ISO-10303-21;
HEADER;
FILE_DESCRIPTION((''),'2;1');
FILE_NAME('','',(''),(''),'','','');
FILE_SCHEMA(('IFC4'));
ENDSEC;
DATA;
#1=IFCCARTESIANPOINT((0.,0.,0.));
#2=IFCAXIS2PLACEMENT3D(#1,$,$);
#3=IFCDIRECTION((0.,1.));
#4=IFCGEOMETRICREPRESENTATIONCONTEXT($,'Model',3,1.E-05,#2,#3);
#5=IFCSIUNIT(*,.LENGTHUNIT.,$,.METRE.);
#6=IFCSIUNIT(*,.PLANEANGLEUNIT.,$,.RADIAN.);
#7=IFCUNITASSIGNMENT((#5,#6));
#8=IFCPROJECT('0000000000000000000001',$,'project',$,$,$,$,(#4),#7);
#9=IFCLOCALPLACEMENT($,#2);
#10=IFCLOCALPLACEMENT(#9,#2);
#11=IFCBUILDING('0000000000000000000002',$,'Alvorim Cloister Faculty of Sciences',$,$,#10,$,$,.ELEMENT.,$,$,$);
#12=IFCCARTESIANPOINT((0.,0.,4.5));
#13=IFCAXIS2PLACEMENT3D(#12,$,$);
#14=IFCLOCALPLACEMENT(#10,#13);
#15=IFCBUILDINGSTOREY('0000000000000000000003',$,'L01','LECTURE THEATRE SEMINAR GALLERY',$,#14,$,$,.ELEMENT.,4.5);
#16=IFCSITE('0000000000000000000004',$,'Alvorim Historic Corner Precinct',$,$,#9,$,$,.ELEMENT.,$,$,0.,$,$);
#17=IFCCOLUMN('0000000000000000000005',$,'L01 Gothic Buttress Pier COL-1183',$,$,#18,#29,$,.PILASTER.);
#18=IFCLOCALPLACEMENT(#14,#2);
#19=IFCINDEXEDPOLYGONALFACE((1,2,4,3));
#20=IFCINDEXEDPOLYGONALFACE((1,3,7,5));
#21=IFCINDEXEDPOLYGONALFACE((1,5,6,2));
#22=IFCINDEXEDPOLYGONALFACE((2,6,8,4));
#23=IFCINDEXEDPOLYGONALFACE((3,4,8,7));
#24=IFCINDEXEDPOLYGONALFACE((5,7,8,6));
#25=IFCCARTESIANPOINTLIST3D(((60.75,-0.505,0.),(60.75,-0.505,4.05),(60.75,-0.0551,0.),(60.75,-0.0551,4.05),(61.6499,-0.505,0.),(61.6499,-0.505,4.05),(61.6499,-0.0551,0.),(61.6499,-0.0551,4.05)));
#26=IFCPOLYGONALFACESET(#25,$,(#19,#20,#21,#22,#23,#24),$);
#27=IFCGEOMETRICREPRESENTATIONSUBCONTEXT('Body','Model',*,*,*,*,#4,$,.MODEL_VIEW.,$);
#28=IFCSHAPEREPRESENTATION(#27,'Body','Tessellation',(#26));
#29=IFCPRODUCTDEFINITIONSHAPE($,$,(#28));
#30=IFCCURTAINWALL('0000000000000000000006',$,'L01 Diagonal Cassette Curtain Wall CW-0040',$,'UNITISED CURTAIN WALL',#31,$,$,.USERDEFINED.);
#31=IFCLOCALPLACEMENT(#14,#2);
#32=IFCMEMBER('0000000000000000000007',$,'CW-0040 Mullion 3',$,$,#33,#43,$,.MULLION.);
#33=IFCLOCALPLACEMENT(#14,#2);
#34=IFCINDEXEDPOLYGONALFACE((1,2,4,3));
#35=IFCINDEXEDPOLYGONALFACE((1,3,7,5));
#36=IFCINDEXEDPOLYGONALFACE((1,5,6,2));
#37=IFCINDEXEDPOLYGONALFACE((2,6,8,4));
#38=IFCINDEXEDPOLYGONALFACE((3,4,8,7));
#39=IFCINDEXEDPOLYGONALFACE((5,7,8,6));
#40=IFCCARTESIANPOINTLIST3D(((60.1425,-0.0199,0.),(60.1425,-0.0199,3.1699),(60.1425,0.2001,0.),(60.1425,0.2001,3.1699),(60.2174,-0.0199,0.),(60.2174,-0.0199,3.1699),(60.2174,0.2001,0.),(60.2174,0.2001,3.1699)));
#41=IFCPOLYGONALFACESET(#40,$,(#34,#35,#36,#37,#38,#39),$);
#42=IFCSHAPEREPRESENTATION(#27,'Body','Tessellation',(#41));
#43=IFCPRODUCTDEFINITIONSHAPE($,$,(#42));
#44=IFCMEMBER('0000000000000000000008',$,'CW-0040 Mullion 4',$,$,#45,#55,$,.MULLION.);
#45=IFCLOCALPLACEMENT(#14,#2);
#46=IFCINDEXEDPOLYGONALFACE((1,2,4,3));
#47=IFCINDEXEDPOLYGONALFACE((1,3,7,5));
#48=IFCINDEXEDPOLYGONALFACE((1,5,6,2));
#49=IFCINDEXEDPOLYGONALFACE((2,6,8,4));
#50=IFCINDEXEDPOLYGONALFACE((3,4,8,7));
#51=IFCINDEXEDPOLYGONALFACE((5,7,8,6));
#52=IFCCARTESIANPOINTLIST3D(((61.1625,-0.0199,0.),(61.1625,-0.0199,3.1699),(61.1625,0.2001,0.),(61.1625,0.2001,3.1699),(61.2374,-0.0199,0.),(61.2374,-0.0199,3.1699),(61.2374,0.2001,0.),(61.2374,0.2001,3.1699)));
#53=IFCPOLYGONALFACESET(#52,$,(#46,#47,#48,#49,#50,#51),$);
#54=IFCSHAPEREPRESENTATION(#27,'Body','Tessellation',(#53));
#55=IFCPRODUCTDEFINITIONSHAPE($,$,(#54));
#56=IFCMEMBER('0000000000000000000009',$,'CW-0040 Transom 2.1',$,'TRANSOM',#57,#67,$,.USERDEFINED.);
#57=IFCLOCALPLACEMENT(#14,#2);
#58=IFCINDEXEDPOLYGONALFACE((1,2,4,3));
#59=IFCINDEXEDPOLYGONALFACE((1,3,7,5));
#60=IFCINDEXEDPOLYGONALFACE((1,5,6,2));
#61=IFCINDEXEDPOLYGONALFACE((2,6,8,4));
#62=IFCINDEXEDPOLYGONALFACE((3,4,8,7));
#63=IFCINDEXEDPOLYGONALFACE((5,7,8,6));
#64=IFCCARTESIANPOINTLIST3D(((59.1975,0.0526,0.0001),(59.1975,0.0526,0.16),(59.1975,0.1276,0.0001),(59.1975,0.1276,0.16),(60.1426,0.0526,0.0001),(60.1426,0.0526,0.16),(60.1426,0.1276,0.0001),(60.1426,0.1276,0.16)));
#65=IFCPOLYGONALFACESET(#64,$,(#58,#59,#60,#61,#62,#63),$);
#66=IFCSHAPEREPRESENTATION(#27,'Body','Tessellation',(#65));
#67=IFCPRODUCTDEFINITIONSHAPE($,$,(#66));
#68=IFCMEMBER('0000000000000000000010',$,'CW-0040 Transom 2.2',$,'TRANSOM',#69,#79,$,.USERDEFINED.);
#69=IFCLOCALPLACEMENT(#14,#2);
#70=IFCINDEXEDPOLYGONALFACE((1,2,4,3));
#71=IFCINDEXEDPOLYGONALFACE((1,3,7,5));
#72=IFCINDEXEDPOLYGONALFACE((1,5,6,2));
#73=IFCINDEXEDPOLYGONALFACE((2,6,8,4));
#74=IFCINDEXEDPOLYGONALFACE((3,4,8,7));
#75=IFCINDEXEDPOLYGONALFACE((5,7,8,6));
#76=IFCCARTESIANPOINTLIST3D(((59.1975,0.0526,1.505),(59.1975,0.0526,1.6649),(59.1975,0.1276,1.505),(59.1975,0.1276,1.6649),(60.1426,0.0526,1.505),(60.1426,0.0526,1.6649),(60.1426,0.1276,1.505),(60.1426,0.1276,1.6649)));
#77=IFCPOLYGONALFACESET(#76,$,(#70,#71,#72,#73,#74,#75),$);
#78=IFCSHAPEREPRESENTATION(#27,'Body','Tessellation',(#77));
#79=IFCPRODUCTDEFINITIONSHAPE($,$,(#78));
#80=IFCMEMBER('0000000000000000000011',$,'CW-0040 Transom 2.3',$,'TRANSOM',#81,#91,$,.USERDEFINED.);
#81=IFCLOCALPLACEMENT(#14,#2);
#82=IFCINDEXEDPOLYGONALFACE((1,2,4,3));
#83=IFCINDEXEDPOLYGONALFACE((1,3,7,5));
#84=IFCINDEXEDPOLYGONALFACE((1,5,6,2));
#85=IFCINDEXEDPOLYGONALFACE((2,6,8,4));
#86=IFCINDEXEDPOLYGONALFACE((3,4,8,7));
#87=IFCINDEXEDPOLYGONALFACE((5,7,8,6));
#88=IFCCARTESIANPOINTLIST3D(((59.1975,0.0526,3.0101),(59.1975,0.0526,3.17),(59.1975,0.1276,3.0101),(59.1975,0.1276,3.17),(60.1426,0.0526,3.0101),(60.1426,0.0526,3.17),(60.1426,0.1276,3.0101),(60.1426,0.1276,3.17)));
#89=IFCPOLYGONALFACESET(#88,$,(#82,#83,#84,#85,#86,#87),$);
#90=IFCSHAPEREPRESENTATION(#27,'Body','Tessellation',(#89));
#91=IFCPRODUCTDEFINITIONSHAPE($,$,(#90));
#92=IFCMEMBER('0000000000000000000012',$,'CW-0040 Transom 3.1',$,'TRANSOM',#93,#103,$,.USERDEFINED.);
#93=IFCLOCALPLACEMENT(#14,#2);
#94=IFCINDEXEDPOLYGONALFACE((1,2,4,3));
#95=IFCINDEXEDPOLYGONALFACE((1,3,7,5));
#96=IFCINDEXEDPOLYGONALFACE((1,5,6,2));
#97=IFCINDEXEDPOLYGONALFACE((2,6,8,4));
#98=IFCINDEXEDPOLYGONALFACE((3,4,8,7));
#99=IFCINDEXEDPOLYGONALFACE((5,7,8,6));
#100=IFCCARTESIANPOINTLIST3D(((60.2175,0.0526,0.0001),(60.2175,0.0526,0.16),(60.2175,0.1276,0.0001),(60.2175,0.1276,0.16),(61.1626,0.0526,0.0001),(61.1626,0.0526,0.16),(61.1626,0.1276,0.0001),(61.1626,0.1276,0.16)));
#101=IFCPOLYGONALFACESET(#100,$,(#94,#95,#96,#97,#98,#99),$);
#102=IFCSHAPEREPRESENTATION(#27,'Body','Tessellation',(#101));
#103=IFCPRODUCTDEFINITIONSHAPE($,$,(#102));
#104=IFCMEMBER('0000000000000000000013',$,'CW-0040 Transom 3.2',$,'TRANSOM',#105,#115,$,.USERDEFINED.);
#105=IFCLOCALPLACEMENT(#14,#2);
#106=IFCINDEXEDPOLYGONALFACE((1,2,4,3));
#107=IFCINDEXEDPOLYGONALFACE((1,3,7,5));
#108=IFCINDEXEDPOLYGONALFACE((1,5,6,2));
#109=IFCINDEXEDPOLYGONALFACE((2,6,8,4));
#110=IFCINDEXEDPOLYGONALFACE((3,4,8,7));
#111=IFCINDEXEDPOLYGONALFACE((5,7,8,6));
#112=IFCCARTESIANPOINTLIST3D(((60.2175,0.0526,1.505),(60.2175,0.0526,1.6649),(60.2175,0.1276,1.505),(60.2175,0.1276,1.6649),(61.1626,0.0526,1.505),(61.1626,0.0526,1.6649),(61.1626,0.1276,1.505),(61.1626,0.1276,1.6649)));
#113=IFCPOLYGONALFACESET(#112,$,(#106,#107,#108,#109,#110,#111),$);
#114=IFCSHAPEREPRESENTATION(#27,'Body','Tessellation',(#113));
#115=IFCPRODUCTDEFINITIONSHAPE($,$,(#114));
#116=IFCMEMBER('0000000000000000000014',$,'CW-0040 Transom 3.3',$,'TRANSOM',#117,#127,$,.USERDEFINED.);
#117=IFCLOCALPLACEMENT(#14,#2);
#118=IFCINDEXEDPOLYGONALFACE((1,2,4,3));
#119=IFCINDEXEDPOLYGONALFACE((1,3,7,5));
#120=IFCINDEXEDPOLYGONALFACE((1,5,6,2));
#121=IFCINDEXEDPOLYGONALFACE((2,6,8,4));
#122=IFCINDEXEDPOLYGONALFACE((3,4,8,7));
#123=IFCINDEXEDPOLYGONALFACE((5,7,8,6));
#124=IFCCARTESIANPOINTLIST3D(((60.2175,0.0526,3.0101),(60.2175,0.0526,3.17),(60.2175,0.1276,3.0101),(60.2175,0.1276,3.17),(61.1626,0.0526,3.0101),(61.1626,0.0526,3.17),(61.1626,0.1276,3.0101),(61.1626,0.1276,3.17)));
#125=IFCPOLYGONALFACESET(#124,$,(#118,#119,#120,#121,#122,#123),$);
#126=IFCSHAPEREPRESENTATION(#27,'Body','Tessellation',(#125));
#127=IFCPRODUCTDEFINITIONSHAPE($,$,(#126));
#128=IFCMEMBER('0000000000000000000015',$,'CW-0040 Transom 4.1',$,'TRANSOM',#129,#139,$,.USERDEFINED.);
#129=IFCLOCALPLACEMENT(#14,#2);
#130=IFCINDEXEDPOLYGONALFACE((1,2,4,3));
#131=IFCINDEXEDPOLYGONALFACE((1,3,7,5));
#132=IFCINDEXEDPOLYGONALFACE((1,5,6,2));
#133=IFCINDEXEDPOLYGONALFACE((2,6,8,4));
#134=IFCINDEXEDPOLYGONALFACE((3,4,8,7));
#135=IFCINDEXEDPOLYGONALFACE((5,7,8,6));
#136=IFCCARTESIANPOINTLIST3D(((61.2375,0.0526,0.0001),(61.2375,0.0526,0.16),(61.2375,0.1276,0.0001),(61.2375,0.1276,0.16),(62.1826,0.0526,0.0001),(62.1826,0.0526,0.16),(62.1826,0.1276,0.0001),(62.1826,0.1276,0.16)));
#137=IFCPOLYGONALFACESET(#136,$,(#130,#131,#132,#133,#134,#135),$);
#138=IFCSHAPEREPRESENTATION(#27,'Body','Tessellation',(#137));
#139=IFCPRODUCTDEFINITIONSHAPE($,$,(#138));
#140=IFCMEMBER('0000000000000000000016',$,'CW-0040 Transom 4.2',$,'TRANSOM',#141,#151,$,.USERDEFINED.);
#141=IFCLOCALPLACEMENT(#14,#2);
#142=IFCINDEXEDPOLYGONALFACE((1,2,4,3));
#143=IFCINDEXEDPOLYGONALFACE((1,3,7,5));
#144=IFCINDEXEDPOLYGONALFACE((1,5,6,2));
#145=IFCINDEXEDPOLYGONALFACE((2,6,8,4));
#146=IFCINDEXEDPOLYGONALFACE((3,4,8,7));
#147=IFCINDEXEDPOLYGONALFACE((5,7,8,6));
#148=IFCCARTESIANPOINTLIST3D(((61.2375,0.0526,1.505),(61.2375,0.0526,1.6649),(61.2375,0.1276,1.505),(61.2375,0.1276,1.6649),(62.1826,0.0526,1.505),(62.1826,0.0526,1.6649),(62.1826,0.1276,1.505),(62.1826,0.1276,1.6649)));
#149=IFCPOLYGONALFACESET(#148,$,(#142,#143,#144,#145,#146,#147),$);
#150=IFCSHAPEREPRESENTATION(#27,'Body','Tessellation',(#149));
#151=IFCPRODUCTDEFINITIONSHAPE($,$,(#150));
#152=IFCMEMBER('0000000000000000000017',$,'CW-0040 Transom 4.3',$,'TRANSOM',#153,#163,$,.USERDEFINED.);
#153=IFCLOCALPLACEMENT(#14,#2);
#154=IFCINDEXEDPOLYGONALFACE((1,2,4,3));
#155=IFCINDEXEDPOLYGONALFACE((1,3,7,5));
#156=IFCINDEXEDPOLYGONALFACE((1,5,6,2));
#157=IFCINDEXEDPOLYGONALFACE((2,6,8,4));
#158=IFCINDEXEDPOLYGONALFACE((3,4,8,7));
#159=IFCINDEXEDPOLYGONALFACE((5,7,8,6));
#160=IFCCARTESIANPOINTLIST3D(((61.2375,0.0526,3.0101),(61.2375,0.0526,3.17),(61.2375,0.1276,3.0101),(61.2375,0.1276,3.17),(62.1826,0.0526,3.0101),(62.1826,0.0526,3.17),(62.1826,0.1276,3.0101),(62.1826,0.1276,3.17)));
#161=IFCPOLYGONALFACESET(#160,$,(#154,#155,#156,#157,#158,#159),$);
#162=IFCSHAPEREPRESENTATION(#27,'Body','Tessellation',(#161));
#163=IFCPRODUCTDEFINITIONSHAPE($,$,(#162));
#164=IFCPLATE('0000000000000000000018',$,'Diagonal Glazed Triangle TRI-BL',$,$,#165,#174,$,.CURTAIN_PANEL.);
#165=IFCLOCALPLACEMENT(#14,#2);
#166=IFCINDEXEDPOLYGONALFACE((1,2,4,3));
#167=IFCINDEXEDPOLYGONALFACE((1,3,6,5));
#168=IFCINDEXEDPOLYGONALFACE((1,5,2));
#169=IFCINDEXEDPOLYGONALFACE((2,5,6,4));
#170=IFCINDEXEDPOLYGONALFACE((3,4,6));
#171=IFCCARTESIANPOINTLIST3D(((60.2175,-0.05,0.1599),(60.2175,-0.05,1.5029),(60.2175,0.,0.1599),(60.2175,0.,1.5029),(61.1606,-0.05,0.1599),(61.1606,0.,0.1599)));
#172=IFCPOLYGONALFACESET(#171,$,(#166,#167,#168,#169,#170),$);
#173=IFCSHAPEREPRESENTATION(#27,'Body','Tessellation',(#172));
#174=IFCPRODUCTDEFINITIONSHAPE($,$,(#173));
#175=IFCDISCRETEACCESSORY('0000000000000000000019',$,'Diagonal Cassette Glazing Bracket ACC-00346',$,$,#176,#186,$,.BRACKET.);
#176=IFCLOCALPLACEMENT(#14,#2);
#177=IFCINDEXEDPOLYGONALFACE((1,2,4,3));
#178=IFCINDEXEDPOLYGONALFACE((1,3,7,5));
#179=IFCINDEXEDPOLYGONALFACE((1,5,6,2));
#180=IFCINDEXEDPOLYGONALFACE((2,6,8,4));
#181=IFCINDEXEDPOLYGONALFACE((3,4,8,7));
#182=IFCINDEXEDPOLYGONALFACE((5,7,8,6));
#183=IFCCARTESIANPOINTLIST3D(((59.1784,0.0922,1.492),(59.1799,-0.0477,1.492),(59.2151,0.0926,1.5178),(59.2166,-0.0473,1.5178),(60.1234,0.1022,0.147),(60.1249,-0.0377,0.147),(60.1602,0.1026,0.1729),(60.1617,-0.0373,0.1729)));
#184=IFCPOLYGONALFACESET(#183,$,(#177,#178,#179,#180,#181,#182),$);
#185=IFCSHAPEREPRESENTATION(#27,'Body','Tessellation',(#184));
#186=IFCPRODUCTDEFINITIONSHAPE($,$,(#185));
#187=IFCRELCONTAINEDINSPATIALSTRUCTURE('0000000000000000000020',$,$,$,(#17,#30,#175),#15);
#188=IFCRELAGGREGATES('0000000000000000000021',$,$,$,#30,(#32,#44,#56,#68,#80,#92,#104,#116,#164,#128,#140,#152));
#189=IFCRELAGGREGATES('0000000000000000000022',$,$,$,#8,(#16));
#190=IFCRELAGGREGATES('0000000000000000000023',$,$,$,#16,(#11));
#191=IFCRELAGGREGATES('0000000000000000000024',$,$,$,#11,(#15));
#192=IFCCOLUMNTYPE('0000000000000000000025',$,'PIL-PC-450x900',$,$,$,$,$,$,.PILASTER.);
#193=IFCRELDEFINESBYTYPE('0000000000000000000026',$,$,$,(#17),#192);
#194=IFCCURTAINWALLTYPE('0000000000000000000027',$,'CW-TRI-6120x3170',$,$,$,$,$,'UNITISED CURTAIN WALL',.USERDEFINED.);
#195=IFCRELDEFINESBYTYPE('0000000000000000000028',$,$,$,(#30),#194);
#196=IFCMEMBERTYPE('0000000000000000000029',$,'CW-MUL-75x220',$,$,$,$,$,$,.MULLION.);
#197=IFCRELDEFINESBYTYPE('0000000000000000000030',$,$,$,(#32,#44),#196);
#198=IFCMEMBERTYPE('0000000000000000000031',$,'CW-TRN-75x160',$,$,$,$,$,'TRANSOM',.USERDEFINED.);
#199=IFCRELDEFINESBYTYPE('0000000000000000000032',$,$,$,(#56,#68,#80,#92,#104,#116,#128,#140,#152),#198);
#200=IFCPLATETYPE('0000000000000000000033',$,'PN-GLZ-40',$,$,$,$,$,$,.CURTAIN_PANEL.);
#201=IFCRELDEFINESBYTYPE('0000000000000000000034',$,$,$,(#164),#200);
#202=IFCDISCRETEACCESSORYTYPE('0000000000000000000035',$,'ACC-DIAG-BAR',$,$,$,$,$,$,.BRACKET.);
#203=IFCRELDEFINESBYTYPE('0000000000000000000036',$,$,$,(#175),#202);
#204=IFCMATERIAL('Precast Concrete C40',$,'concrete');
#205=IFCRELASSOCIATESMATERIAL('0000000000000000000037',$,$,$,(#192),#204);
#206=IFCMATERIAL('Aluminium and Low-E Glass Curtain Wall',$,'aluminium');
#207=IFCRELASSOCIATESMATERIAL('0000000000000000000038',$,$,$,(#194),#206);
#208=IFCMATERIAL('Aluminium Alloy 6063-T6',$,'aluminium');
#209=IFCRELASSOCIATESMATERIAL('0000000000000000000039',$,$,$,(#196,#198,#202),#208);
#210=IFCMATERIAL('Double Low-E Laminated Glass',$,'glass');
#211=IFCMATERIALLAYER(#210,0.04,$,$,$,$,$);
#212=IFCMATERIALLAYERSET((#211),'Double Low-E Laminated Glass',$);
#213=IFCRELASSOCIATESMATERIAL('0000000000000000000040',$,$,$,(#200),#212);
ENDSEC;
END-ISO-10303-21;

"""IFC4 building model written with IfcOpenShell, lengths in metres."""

from ifc_helpers import new_model, si_unit, direction, frame, origin, origin_2d, place, context, subcontext, project, spatial, polyline, rectangle, outline, extrude, material, layer, layer_set, material_profile, profile_set, type_object, element, aggregate, save


model = new_model("IFC4")

# Units and contexts
model_context = context("Model", 3, precision=1e-05, world=origin(), true_north=direction((0.0, 1.0)))
body_context = subcontext(model_context, "Body", "Model", "MODEL_VIEW")
ifc_project = project(units=[si_unit("LENGTHUNIT", "METRE"), si_unit("PLANEANGLEUNIT", "RADIAN")], contexts=[model_context])

# Site, building, storey
site_placement = place(None, origin())
site = spatial("IfcSite", under=ifc_project, at=site_placement, Name="Alvorim Historic Corner Precinct", CompositionType="ELEMENT", RefElevation=0.0)
building_placement = place(site_placement, origin())
building = spatial("IfcBuilding", under=site, at=building_placement, Name="Alvorim Cloister Faculty of Sciences", CompositionType="ELEMENT")
storey_placement = place(building_placement, frame((0.0, 0.0, 4.5)))
storey = spatial("IfcBuildingStorey", under=building, at=storey_placement, Name="L01", Description="LECTURE THEATRE SEMINAR GALLERY", CompositionType="ELEMENT", Elevation=4.5)

# Column
ifc_material_1 = material(Name="Precast Concrete C40", Category="concrete")
ifc_material_profile_1 = material_profile(ifc_material_1, rectangle(XDim=0.45, YDim=0.8999, at=origin_2d()), Name="RC40-PIL-450x900")
ifc_profile_set_1 = profile_set([ifc_material_profile_1], Name="Precast Concrete C40")
column_type = type_object("IfcColumnType", Name="PIL-PC-450x900", PredefinedType="PILASTER", material=ifc_profile_set_1)
column_placement = place(storey_placement, frame((61.2, -0.28, 0.0), z_axis=(0.0, 0.0, 1.0), x_axis=(0.0, 1.0, 0.0)))
element("IfcColumn", 1, at=column_placement, inside=storey, type_object=column_type, Name="L01 Gothic Buttress Pier COL-1183", PredefinedType="PILASTER", context=body_context, shape_type="SweptSolid", body=[
    extrude(rectangle(XDim=0.45, YDim=0.8999, at=origin_2d()), origin(), (0.0, 0.0, 1.0), 4.05),
])

# Curtain wall, members, plate
ifc_material_2 = material(Name="Aluminium and Low-E Glass Curtain Wall", Category="aluminium")
curtain_wall_type = type_object("IfcCurtainWallType", Name="CW-TRI-6120x3170", ElementType="UNITISED CURTAIN WALL", PredefinedType="USERDEFINED", material=ifc_material_2)
curtain_wall_placement = place(storey_placement, origin())
curtain_wall = element("IfcCurtainWall", 2, at=curtain_wall_placement, inside=storey, type_object=curtain_wall_type, Name="L01 Diagonal Cassette Curtain Wall CW-0040", ObjectType="UNITISED CURTAIN WALL", PredefinedType="USERDEFINED")
ifc_material_3 = material(Name="Aluminium Alloy 6063-T6", Category="aluminium")
ifc_material_profile_2 = material_profile(ifc_material_3, rectangle(XDim=0.075, YDim=0.22, at=origin_2d()), Name="ALU-MUL-75x220")
ifc_profile_set_2 = profile_set([ifc_material_profile_2], Name="Aluminium Alloy 6063-T6")
member_type_1 = type_object("IfcMemberType", Name="CW-MUL-75x220", PredefinedType="MULLION", material=ifc_profile_set_2)
member_1_placement = place(storey_placement, frame((60.1799, 0.0901, 0.0), z_axis=(0.0, 0.0, 1.0), x_axis=(1.0, 0.0, 0.0)))
member_1 = element("IfcMember", 3, at=member_1_placement, type_object=member_type_1, Name="CW-0040 Mullion 3", PredefinedType="MULLION", context=body_context, shape_type="SweptSolid", body=[
    extrude(rectangle(XDim=0.075, YDim=0.22, at=origin_2d()), origin(), (0.0, 0.0, 1.0), 3.1699),
])
member_2_placement = place(storey_placement, frame((61.2, 0.0901, 0.0), z_axis=(0.0, 0.0, 1.0), x_axis=(1.0, 0.0, 0.0)))
member_2 = element("IfcMember", 4, at=member_2_placement, type_object=member_type_1, Name="CW-0040 Mullion 4", PredefinedType="MULLION", context=body_context, shape_type="SweptSolid", body=[
    extrude(rectangle(XDim=0.075, YDim=0.22, at=origin_2d()), origin(), (0.0, 0.0, 1.0), 3.1699),
])
ifc_material_profile_3 = material_profile(ifc_material_3, rectangle(XDim=0.075, YDim=0.1599, at=origin_2d()), Name="ALU-TRN-75x160")
ifc_profile_set_3 = profile_set([ifc_material_profile_3], Name="Aluminium Alloy 6063-T6")
member_type_2 = type_object("IfcMemberType", Name="CW-TRN-75x160", ElementType="TRANSOM", PredefinedType="USERDEFINED", material=ifc_profile_set_3)
member_3_placement = place(storey_placement, frame((59.1975, 0.0901, 0.0801), z_axis=(1.0, 0.0, 0.0), x_axis=(0.0, 1.0, 0.0)))
member_3 = element("IfcMember", 5, at=member_3_placement, type_object=member_type_2, Name="CW-0040 Transom 2.1", ObjectType="TRANSOM", PredefinedType="USERDEFINED", context=body_context, shape_type="SweptSolid", body=[
    extrude(rectangle(XDim=0.075, YDim=0.1599, at=origin_2d()), origin(), (0.0, 0.0, 1.0), 0.9451),
])
member_4_placement = place(storey_placement, frame((59.1975, 0.0901, 1.585), z_axis=(1.0, 0.0, 0.0), x_axis=(0.0, 1.0, 0.0)))
member_4 = element("IfcMember", 6, at=member_4_placement, type_object=member_type_2, Name="CW-0040 Transom 2.2", ObjectType="TRANSOM", PredefinedType="USERDEFINED", context=body_context, shape_type="SweptSolid", body=[
    extrude(rectangle(XDim=0.075, YDim=0.1599, at=origin_2d()), origin(), (0.0, 0.0, 1.0), 0.9451),
])
member_5_placement = place(storey_placement, frame((59.1975, 0.0901, 3.0901), z_axis=(1.0, 0.0, 0.0), x_axis=(0.0, 1.0, 0.0)))
member_5 = element("IfcMember", 7, at=member_5_placement, type_object=member_type_2, Name="CW-0040 Transom 2.3", ObjectType="TRANSOM", PredefinedType="USERDEFINED", context=body_context, shape_type="SweptSolid", body=[
    extrude(rectangle(XDim=0.075, YDim=0.1599, at=origin_2d()), origin(), (0.0, 0.0, 1.0), 0.9451),
])
member_6_placement = place(storey_placement, frame((60.2175, 0.0901, 0.0801), z_axis=(1.0, 0.0, 0.0), x_axis=(0.0, 1.0, 0.0)))
member_6 = element("IfcMember", 8, at=member_6_placement, type_object=member_type_2, Name="CW-0040 Transom 3.1", ObjectType="TRANSOM", PredefinedType="USERDEFINED", context=body_context, shape_type="SweptSolid", body=[
    extrude(rectangle(XDim=0.075, YDim=0.1599, at=origin_2d()), origin(), (0.0, 0.0, 1.0), 0.9451),
])
member_7_placement = place(storey_placement, frame((60.2175, 0.0901, 1.585), z_axis=(1.0, 0.0, 0.0), x_axis=(0.0, 1.0, 0.0)))
member_7 = element("IfcMember", 9, at=member_7_placement, type_object=member_type_2, Name="CW-0040 Transom 3.2", ObjectType="TRANSOM", PredefinedType="USERDEFINED", context=body_context, shape_type="SweptSolid", body=[
    extrude(rectangle(XDim=0.075, YDim=0.1599, at=origin_2d()), origin(), (0.0, 0.0, 1.0), 0.9451),
])
member_8_placement = place(storey_placement, frame((60.2175, 0.0901, 3.0901), z_axis=(1.0, 0.0, 0.0), x_axis=(0.0, 1.0, 0.0)))
member_8 = element("IfcMember", 10, at=member_8_placement, type_object=member_type_2, Name="CW-0040 Transom 3.3", ObjectType="TRANSOM", PredefinedType="USERDEFINED", context=body_context, shape_type="SweptSolid", body=[
    extrude(rectangle(XDim=0.075, YDim=0.1599, at=origin_2d()), origin(), (0.0, 0.0, 1.0), 0.9451),
])
member_9_placement = place(storey_placement, frame((61.2375, 0.0901, 0.0801), z_axis=(1.0, 0.0, 0.0), x_axis=(0.0, 1.0, 0.0)))
member_9 = element("IfcMember", 11, at=member_9_placement, type_object=member_type_2, Name="CW-0040 Transom 4.1", ObjectType="TRANSOM", PredefinedType="USERDEFINED", context=body_context, shape_type="SweptSolid", body=[
    extrude(rectangle(XDim=0.075, YDim=0.1599, at=origin_2d()), origin(), (0.0, 0.0, 1.0), 0.9451),
])
member_10_placement = place(storey_placement, frame((61.2375, 0.0901, 1.585), z_axis=(1.0, 0.0, 0.0), x_axis=(0.0, 1.0, 0.0)))
member_10 = element("IfcMember", 12, at=member_10_placement, type_object=member_type_2, Name="CW-0040 Transom 4.2", ObjectType="TRANSOM", PredefinedType="USERDEFINED", context=body_context, shape_type="SweptSolid", body=[
    extrude(rectangle(XDim=0.075, YDim=0.1599, at=origin_2d()), origin(), (0.0, 0.0, 1.0), 0.9451),
])
member_11_placement = place(storey_placement, frame((61.2375, 0.0901, 3.0901), z_axis=(1.0, 0.0, 0.0), x_axis=(0.0, 1.0, 0.0)))
member_11 = element("IfcMember", 13, at=member_11_placement, type_object=member_type_2, Name="CW-0040 Transom 4.3", ObjectType="TRANSOM", PredefinedType="USERDEFINED", context=body_context, shape_type="SweptSolid", body=[
    extrude(rectangle(XDim=0.075, YDim=0.1599, at=origin_2d()), origin(), (0.0, 0.0, 1.0), 0.9451),
])
ifc_material_4 = material(Name="Double Low-E Laminated Glass", Category="glass")
ifc_layer = layer(ifc_material_4, 0.04)
ifc_layer_set = layer_set([ifc_layer], Name="Double Low-E Laminated Glass")
plate_type = type_object("IfcPlateType", Name="PN-GLZ-40", PredefinedType="CURTAIN_PANEL", material=ifc_layer_set)
plate_1_placement = place(storey_placement, frame((60.2175, -0.0249, 0.1599), z_axis=(0.0, 0.0, 1.0), x_axis=(1.0, 0.0, 0.0)))
plate_1 = element("IfcPlate", 14, at=plate_1_placement, type_object=plate_type, Name="Diagonal Glazed Triangle TRI-BL", PredefinedType="CURTAIN_PANEL", context=body_context, shape_type="SweptSolid", body=[
    extrude(outline(polyline([(0.0, 0.0), (0.9431, 0.0), (0.0, 1.343), (0.0, 0.0)])), frame((0.0, 0.0249, 0.0), z_axis=(0.0, -1.0, 0.0), x_axis=(1.0, 0.0, 0.0)), (0.0, 0.0, 1.0), 0.05),
])
aggregate(curtain_wall, [member_1, member_2, member_3, member_4, member_5, member_6, member_7, member_8, plate_1, member_9, member_10, member_11])

# Discrete accessory
discrete_accessory_type = type_object("IfcDiscreteAccessoryType", Name="ACC-DIAG-BAR", PredefinedType="BRACKET", material=ifc_material_3)
for number, where, z_axis, x_axis, name in (
    (15, (59.1975, 0.0225, 1.5049), (0.574916, 0.006089, -0.81819), (-0.010591, 0.999944, 0.0), "Diagonal Cassette Glazing Bracket ACC-00346"),
):
    element("IfcDiscreteAccessory", number, at=place(storey_placement, frame(where, z_axis=z_axis, x_axis=x_axis)), inside=storey, type_object=discrete_accessory_type, Name=name, PredefinedType="BRACKET", context=body_context, shape_type="SweptSolid", body=[
        extrude(rectangle(XDim=0.1399, YDim=0.0449, at=origin_2d()), origin(), (0.0, 0.0, 1.0), 1.6438),
    ])

save(model, "model.ifc")
